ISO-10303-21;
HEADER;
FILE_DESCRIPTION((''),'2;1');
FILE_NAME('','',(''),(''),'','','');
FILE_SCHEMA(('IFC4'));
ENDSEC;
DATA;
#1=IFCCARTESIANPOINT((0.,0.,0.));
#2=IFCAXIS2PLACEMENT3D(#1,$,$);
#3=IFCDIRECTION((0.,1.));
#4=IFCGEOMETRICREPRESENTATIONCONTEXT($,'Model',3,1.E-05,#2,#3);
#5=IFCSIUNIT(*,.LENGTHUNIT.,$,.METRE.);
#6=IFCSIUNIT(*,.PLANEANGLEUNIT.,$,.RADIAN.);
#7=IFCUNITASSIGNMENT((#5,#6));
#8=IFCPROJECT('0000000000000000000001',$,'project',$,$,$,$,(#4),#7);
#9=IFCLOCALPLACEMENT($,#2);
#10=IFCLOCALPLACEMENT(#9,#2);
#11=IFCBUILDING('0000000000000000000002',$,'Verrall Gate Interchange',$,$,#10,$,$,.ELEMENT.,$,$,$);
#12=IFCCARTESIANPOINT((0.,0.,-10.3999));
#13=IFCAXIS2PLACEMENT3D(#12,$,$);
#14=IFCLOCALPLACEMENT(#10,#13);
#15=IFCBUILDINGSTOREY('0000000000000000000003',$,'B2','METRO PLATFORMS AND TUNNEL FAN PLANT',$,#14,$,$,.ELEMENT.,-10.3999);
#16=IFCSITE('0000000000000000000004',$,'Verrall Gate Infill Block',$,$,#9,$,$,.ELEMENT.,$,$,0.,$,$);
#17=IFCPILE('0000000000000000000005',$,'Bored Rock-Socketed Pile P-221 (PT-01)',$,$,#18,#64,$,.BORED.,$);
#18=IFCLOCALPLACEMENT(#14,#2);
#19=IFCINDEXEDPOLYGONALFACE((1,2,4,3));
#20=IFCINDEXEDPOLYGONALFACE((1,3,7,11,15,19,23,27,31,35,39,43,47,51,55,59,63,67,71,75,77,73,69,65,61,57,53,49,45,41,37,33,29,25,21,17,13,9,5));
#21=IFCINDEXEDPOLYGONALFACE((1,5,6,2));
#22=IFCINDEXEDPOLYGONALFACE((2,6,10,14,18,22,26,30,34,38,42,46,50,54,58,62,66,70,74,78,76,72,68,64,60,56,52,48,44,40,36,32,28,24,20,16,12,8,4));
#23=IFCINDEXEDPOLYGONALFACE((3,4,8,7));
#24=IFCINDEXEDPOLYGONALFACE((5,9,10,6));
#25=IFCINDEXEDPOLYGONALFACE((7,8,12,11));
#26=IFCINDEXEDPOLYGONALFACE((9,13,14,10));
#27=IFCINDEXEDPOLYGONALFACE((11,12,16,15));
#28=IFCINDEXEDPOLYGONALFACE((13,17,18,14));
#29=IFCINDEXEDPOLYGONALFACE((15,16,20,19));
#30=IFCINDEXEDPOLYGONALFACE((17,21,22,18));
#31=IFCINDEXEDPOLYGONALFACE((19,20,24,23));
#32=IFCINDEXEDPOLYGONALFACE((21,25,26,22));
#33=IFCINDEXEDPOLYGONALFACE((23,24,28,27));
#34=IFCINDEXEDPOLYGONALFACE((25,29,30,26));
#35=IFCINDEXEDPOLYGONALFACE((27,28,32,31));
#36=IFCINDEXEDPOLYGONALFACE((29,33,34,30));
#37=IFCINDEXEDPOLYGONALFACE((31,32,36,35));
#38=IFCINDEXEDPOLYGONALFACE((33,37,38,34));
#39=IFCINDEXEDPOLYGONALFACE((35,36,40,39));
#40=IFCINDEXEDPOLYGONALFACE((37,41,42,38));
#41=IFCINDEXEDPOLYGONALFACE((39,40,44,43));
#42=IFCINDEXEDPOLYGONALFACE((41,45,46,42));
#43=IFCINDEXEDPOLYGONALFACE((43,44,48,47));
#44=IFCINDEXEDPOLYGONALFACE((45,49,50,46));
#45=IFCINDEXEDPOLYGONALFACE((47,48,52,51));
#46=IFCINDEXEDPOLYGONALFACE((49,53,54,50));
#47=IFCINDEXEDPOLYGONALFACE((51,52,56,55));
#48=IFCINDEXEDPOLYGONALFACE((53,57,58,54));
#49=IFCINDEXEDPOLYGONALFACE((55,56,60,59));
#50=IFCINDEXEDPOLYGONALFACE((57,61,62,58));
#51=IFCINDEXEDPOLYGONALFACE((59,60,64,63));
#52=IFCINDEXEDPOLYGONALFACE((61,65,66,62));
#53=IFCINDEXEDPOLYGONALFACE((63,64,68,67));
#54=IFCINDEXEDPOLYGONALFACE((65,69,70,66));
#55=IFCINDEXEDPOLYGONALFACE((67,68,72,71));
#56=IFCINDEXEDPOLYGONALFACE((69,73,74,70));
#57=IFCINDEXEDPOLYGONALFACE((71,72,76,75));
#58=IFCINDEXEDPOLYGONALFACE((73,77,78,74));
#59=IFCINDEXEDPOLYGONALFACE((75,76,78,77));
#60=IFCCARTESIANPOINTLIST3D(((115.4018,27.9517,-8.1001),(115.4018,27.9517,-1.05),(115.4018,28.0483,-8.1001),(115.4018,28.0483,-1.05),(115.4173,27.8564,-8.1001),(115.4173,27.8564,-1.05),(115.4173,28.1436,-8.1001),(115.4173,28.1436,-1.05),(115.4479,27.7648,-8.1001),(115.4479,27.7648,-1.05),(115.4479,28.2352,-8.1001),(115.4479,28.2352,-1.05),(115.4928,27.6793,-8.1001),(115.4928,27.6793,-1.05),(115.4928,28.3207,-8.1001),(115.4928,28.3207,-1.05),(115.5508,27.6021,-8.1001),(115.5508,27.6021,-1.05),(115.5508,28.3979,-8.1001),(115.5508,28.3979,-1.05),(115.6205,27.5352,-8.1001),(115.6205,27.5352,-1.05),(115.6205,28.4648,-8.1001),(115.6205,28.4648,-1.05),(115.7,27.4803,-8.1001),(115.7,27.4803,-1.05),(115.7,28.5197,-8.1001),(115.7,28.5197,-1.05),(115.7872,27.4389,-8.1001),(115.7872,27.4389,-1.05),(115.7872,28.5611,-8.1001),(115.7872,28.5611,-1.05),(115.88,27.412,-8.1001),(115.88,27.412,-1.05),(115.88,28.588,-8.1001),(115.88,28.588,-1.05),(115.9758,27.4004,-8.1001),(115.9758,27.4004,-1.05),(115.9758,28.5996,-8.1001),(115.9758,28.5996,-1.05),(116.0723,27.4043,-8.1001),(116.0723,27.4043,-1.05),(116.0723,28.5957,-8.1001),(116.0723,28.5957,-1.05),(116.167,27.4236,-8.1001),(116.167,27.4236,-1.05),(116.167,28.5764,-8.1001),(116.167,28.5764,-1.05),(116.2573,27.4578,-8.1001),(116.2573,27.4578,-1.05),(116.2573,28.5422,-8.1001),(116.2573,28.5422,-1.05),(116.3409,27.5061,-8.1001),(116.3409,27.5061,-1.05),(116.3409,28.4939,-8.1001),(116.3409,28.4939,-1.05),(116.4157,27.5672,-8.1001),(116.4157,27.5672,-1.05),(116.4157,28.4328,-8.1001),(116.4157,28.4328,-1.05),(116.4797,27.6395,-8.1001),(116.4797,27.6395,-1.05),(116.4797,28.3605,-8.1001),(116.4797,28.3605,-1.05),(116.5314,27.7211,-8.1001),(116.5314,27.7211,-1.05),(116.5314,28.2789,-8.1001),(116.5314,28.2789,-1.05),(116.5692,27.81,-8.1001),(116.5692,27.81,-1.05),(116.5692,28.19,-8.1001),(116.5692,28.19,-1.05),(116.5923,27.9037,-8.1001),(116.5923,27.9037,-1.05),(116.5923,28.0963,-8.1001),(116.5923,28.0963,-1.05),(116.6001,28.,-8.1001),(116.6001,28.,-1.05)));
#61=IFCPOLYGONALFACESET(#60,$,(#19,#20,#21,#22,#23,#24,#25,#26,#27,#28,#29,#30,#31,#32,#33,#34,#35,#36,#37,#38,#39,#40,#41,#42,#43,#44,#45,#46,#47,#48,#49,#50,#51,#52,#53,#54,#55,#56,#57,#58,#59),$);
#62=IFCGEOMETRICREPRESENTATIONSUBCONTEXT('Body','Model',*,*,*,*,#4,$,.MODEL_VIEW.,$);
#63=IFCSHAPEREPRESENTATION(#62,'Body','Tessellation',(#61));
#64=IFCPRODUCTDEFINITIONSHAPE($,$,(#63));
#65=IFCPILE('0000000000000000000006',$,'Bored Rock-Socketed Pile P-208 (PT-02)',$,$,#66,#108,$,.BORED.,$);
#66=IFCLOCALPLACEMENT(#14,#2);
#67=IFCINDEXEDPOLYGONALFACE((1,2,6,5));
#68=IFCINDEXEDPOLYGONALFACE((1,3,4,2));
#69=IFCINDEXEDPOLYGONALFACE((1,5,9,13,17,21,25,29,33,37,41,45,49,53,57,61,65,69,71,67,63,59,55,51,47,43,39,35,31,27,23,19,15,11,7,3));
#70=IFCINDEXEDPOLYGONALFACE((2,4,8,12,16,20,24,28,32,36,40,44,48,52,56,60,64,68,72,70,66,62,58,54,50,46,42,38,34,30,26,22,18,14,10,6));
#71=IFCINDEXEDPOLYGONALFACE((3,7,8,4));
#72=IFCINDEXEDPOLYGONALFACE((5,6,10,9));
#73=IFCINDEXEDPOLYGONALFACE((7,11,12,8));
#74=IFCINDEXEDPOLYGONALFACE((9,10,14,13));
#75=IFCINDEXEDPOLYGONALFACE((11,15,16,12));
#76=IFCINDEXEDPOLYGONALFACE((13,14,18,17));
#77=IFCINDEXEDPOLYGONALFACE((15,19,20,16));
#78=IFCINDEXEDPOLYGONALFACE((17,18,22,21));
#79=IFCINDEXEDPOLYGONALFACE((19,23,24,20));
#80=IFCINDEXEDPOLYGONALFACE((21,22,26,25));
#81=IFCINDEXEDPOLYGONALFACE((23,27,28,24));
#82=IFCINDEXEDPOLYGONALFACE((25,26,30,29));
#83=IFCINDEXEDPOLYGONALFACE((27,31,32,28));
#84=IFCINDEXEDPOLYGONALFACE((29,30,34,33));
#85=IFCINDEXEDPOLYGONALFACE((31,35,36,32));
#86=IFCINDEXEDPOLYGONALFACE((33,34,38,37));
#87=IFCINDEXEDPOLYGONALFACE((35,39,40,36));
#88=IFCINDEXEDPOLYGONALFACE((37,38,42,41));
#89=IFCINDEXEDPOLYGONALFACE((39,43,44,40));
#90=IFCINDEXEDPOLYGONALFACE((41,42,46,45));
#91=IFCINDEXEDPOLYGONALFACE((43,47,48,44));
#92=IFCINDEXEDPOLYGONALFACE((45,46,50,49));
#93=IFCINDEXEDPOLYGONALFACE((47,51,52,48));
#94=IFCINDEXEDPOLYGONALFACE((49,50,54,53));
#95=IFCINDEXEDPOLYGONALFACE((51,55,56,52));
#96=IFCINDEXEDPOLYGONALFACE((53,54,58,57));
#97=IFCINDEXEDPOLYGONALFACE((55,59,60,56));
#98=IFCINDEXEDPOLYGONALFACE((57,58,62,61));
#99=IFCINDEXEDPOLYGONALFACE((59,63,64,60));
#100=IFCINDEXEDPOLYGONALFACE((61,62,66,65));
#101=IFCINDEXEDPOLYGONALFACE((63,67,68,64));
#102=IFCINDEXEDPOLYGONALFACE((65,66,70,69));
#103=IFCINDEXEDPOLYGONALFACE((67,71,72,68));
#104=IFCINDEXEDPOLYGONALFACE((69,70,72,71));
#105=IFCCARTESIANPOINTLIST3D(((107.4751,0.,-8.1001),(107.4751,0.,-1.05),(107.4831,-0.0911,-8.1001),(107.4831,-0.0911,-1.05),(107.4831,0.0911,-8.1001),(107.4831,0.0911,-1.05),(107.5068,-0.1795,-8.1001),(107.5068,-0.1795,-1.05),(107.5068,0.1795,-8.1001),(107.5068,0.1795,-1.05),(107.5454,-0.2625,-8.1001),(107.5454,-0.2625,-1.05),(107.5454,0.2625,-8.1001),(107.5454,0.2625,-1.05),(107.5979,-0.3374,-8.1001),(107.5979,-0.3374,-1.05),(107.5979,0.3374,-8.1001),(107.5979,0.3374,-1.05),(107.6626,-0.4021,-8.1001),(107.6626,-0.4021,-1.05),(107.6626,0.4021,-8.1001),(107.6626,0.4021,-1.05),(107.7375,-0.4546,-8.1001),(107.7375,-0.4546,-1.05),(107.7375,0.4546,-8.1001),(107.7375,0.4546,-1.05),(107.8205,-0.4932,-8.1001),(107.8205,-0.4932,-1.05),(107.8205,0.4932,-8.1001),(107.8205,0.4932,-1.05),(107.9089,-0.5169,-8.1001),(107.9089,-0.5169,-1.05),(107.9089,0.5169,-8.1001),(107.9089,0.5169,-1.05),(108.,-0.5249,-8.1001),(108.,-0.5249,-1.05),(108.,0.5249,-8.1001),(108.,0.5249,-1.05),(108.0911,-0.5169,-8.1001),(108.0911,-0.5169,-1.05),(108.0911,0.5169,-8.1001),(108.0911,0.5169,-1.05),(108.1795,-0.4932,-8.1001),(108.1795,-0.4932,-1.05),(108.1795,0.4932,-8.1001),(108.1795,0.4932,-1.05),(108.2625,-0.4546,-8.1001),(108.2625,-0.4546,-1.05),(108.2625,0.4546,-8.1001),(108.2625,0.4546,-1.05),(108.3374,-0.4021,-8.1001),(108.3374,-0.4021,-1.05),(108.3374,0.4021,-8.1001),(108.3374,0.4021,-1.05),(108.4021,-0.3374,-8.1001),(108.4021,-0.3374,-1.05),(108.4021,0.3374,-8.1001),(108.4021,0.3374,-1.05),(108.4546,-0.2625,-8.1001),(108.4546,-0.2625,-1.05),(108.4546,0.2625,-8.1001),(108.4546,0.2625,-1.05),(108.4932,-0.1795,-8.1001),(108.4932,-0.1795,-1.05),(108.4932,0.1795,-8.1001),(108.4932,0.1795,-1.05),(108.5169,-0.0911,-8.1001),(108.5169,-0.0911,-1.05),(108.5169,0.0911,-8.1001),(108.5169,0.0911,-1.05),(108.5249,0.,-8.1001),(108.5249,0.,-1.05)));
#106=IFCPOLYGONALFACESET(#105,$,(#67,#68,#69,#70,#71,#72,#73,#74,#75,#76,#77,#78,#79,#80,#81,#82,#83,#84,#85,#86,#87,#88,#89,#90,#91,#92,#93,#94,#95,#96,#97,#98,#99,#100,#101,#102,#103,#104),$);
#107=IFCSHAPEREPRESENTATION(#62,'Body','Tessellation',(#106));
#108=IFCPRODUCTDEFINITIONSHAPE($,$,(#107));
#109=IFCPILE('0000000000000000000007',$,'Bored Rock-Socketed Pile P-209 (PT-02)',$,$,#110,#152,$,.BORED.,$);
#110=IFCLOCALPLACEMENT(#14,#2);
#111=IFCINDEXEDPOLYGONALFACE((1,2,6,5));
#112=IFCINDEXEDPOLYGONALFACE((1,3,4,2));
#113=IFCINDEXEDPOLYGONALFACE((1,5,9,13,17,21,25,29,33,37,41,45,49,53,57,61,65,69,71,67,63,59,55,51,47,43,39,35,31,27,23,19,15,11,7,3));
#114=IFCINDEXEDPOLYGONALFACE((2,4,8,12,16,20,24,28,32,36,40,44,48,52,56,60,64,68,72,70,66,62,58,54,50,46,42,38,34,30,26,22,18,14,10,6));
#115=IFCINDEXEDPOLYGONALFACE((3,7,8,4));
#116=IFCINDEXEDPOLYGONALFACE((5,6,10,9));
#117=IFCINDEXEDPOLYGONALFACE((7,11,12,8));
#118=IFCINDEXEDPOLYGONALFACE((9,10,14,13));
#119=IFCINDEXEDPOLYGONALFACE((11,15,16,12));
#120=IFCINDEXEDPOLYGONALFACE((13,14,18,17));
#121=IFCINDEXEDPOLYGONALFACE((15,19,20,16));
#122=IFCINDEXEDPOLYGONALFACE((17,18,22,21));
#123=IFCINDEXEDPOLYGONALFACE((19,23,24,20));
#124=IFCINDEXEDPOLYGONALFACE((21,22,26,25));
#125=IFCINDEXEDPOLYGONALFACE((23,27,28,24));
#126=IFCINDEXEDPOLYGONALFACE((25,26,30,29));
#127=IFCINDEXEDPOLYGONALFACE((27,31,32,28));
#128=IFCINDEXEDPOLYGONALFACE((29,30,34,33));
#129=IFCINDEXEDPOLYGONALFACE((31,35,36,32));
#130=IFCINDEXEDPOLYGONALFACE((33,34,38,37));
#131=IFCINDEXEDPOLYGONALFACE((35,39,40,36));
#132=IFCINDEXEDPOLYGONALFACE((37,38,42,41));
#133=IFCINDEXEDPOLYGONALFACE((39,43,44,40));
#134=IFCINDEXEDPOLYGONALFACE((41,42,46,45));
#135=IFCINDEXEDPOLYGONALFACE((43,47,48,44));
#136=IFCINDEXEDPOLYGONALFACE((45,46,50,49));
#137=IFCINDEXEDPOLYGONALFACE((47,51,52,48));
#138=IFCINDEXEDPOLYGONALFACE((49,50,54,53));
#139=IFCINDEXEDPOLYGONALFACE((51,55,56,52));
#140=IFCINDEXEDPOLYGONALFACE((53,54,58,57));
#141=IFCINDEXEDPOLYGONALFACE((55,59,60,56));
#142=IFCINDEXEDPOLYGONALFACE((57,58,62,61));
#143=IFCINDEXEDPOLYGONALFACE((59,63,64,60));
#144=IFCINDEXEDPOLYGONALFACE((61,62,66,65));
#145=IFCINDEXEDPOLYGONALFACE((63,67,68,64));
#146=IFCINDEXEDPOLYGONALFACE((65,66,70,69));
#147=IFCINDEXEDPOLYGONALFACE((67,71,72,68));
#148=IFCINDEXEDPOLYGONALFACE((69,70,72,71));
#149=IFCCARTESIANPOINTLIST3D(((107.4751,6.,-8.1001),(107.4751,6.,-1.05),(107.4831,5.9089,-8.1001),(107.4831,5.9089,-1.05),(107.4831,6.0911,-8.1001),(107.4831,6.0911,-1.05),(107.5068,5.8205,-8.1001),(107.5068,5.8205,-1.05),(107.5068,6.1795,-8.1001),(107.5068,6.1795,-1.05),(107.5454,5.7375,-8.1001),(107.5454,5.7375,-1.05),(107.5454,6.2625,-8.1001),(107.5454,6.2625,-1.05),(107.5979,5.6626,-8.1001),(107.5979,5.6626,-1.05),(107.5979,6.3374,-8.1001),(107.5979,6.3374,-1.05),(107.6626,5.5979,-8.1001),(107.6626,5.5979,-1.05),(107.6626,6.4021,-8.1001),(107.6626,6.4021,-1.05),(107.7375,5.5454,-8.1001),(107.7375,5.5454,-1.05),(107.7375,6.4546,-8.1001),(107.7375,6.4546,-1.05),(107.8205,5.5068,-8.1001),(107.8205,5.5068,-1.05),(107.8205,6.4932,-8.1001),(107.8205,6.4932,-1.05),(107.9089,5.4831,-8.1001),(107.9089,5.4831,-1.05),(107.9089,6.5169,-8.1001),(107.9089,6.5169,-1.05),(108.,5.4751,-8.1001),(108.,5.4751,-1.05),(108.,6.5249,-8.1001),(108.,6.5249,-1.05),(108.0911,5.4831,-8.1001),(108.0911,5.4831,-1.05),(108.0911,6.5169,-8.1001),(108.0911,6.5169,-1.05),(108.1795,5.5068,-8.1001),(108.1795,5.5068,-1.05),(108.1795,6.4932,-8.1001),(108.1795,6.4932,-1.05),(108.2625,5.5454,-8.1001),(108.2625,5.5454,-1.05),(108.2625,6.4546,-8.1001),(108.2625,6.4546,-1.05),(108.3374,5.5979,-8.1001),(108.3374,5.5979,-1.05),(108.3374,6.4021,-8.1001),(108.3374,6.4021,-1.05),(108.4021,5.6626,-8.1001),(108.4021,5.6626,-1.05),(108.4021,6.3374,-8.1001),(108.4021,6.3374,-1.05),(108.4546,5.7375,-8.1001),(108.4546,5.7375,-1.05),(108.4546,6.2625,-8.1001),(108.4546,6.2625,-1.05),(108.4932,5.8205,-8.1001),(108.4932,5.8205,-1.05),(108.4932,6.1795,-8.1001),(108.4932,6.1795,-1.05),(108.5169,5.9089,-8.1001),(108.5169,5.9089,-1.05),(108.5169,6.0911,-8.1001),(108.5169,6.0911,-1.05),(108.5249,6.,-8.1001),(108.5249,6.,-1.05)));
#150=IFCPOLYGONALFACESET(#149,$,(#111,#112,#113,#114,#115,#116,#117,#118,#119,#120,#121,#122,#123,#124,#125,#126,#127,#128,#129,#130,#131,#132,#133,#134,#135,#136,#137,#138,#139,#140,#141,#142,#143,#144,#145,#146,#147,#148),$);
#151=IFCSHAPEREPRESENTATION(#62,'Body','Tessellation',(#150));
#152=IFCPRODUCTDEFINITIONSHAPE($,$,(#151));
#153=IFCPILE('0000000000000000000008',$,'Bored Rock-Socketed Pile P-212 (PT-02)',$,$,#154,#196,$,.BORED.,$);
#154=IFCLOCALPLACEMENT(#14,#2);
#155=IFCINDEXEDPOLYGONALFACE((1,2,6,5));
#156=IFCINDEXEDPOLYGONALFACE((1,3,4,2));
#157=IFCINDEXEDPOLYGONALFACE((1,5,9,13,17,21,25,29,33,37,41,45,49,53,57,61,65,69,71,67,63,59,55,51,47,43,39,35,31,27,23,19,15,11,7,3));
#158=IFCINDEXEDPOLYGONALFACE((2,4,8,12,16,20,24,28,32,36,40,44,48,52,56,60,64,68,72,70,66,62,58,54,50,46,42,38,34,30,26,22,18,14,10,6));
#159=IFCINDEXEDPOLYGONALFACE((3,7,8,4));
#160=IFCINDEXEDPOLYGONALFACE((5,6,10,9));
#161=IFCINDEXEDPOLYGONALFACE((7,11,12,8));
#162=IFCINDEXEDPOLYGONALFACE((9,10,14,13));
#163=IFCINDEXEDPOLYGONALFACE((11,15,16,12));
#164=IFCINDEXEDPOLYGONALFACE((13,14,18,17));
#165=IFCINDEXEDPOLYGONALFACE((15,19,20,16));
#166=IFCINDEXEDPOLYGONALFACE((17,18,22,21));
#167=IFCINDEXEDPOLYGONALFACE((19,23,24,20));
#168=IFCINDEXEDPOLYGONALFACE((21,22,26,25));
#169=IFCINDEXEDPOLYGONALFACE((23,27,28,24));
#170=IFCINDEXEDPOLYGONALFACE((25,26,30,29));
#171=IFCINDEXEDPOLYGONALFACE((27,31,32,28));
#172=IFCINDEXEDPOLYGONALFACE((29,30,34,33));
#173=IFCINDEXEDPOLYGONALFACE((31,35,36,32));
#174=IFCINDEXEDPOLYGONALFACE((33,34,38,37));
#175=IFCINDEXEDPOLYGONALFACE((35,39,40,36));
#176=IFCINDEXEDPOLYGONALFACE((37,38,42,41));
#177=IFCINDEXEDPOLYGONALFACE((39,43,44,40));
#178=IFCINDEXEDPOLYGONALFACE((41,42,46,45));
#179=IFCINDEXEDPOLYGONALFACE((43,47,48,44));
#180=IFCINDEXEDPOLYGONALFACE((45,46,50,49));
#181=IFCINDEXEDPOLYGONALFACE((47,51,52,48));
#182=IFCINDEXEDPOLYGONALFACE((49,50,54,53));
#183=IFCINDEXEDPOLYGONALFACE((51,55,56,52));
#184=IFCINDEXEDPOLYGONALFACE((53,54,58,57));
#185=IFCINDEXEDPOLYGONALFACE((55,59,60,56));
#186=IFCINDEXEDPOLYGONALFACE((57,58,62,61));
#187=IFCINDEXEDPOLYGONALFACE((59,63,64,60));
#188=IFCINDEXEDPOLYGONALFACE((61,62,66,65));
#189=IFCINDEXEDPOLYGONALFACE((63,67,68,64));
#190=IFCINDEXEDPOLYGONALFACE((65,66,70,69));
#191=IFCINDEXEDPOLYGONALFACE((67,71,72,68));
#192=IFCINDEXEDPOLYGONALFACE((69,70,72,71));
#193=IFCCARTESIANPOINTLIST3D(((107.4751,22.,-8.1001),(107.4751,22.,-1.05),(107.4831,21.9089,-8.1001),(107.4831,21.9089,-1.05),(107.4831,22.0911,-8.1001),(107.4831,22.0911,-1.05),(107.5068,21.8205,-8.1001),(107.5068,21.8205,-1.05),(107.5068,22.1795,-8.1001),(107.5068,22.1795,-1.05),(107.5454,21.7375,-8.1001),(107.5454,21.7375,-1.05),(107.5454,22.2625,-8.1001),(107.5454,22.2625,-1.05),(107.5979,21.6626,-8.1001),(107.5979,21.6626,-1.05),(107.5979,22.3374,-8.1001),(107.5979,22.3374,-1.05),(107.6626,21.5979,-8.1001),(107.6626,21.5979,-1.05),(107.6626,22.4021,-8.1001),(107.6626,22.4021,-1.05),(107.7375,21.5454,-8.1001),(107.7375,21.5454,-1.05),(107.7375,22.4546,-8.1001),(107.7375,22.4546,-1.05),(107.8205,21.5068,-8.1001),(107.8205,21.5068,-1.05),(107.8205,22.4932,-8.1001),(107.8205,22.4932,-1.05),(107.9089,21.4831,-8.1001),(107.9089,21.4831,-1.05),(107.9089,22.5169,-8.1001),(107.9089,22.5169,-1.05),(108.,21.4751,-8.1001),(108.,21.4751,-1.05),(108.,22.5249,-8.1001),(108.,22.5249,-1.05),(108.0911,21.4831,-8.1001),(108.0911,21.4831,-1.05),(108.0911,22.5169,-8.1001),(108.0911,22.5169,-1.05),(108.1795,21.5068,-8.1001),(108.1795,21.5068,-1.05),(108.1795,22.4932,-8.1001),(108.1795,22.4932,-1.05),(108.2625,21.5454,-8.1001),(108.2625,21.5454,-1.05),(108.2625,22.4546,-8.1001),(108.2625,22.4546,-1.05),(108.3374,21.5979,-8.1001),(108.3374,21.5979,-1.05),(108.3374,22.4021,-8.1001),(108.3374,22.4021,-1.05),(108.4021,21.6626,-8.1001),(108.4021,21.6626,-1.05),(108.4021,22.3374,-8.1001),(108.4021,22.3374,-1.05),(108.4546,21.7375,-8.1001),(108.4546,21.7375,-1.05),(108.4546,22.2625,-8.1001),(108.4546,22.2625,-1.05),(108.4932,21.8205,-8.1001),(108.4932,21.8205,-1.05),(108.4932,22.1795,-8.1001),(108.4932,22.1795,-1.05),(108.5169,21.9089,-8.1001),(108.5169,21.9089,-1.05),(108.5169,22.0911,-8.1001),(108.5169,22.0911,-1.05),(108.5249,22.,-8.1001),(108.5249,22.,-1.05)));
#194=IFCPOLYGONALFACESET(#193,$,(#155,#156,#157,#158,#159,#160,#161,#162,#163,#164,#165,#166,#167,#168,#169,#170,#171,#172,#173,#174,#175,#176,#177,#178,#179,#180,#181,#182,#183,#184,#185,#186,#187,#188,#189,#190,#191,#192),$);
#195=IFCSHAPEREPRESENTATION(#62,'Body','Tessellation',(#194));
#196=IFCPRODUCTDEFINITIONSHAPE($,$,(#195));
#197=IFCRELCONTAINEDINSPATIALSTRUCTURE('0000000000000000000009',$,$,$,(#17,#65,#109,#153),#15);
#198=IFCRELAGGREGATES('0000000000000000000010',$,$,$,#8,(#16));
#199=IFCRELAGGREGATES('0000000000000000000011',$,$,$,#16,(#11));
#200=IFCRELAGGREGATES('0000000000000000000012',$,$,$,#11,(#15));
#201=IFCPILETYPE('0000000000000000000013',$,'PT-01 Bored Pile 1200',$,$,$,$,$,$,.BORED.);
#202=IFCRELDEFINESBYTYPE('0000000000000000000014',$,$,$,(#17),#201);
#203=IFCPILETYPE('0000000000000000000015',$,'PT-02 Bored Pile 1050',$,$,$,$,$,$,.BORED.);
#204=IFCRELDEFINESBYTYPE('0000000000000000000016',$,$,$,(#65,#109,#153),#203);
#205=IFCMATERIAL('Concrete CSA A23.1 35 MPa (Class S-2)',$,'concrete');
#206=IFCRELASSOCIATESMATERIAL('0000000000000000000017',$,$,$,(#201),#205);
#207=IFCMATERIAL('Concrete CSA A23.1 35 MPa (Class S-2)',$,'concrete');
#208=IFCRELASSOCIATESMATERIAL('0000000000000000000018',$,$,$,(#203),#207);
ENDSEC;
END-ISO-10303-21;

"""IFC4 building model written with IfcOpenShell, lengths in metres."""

from ifc_helpers import new_model, si_unit, direction, frame, origin, origin_2d, place, context, subcontext, project, spatial, circle, extrude, material, material_profile, profile_set, type_object, element, save


model = new_model("IFC4")

# Units and contexts
model_context = context("Model", 3, precision=1e-05, world=origin(), true_north=direction((0.0, 1.0)))
body_context = subcontext(model_context, "Body", "Model", "MODEL_VIEW")
ifc_project = project(units=[si_unit("LENGTHUNIT", "METRE"), si_unit("PLANEANGLEUNIT", "RADIAN")], contexts=[model_context])

# Site, building, storey
site_placement = place(None, origin())
site = spatial("IfcSite", under=ifc_project, at=site_placement, Name="Verrall Gate Infill Block", CompositionType="ELEMENT", RefElevation=0.0)
building_placement = place(site_placement, origin())
building = spatial("IfcBuilding", under=site, at=building_placement, Name="Verrall Gate Interchange", CompositionType="ELEMENT")
storey_placement = place(building_placement, frame((0.0, 0.0, -10.3999)))
storey = spatial("IfcBuildingStorey", under=building, at=storey_placement, Name="B2", Description="METRO PLATFORMS AND TUNNEL FAN PLANT", CompositionType="ELEMENT", Elevation=-10.3999)

# Piles
ifc_material_1 = material(Name="Concrete CSA A23.1 35 MPa (Class S-2)", Category="concrete")
ifc_material_profile_1 = material_profile(ifc_material_1, circle(Radius=0.6001, at=origin_2d()), Name="PILE1200D")
ifc_profile_set_1 = profile_set([ifc_material_profile_1], Name="Concrete CSA A23.1 35 MPa (Class S-2)")
pile_type_1 = type_object("IfcPileType", Name="PT-01 Bored Pile 1200", PredefinedType="BORED", material=ifc_profile_set_1)
for number, where, z_axis, x_axis, name in (
    (1, (116.0, 28.0, -1.05), (0.0, 0.0, -1.0), (1.0, 0.0, 0.0), "Bored Rock-Socketed Pile P-221 (PT-01)"),
):
    element("IfcPile", number, at=place(storey_placement, frame(where, z_axis=z_axis, x_axis=x_axis)), inside=storey, type_object=pile_type_1, Name=name, PredefinedType="BORED", context=body_context, shape_type="SweptSolid", body=[
        extrude(circle(Radius=0.6001, at=origin_2d()), origin(), (0.0, 0.0, 1.0), 7.05),
    ])
ifc_material_2 = material(Name="Concrete CSA A23.1 35 MPa (Class S-2)", Category="concrete")
ifc_material_profile_2 = material_profile(ifc_material_2, circle(Radius=0.5249, at=origin_2d()), Name="PILE1050D")
ifc_profile_set_2 = profile_set([ifc_material_profile_2], Name="Concrete CSA A23.1 35 MPa (Class S-2)")
pile_type_2 = type_object("IfcPileType", Name="PT-02 Bored Pile 1050", PredefinedType="BORED", material=ifc_profile_set_2)
for number, where, z_axis, x_axis, name in (
    (2, (108.0, 0.0, -1.05), (0.0, 0.0, -1.0), (1.0, 0.0, 0.0), "Bored Rock-Socketed Pile P-208 (PT-02)"),
    (3, (108.0, 6.0, -1.05), (0.0, 0.0, -1.0), (1.0, 0.0, 0.0), "Bored Rock-Socketed Pile P-209 (PT-02)"),
    (4, (108.0, 22.0, -1.05), (0.0, 0.0, -1.0), (1.0, 0.0, 0.0), "Bored Rock-Socketed Pile P-212 (PT-02)"),
):
    element("IfcPile", number, at=place(storey_placement, frame(where, z_axis=z_axis, x_axis=x_axis)), inside=storey, type_object=pile_type_2, Name=name, PredefinedType="BORED", context=body_context, shape_type="SweptSolid", body=[
        extrude(circle(Radius=0.5249, at=origin_2d()), origin(), (0.0, 0.0, 1.0), 7.05),
    ])

save(model, "model.ifc")
